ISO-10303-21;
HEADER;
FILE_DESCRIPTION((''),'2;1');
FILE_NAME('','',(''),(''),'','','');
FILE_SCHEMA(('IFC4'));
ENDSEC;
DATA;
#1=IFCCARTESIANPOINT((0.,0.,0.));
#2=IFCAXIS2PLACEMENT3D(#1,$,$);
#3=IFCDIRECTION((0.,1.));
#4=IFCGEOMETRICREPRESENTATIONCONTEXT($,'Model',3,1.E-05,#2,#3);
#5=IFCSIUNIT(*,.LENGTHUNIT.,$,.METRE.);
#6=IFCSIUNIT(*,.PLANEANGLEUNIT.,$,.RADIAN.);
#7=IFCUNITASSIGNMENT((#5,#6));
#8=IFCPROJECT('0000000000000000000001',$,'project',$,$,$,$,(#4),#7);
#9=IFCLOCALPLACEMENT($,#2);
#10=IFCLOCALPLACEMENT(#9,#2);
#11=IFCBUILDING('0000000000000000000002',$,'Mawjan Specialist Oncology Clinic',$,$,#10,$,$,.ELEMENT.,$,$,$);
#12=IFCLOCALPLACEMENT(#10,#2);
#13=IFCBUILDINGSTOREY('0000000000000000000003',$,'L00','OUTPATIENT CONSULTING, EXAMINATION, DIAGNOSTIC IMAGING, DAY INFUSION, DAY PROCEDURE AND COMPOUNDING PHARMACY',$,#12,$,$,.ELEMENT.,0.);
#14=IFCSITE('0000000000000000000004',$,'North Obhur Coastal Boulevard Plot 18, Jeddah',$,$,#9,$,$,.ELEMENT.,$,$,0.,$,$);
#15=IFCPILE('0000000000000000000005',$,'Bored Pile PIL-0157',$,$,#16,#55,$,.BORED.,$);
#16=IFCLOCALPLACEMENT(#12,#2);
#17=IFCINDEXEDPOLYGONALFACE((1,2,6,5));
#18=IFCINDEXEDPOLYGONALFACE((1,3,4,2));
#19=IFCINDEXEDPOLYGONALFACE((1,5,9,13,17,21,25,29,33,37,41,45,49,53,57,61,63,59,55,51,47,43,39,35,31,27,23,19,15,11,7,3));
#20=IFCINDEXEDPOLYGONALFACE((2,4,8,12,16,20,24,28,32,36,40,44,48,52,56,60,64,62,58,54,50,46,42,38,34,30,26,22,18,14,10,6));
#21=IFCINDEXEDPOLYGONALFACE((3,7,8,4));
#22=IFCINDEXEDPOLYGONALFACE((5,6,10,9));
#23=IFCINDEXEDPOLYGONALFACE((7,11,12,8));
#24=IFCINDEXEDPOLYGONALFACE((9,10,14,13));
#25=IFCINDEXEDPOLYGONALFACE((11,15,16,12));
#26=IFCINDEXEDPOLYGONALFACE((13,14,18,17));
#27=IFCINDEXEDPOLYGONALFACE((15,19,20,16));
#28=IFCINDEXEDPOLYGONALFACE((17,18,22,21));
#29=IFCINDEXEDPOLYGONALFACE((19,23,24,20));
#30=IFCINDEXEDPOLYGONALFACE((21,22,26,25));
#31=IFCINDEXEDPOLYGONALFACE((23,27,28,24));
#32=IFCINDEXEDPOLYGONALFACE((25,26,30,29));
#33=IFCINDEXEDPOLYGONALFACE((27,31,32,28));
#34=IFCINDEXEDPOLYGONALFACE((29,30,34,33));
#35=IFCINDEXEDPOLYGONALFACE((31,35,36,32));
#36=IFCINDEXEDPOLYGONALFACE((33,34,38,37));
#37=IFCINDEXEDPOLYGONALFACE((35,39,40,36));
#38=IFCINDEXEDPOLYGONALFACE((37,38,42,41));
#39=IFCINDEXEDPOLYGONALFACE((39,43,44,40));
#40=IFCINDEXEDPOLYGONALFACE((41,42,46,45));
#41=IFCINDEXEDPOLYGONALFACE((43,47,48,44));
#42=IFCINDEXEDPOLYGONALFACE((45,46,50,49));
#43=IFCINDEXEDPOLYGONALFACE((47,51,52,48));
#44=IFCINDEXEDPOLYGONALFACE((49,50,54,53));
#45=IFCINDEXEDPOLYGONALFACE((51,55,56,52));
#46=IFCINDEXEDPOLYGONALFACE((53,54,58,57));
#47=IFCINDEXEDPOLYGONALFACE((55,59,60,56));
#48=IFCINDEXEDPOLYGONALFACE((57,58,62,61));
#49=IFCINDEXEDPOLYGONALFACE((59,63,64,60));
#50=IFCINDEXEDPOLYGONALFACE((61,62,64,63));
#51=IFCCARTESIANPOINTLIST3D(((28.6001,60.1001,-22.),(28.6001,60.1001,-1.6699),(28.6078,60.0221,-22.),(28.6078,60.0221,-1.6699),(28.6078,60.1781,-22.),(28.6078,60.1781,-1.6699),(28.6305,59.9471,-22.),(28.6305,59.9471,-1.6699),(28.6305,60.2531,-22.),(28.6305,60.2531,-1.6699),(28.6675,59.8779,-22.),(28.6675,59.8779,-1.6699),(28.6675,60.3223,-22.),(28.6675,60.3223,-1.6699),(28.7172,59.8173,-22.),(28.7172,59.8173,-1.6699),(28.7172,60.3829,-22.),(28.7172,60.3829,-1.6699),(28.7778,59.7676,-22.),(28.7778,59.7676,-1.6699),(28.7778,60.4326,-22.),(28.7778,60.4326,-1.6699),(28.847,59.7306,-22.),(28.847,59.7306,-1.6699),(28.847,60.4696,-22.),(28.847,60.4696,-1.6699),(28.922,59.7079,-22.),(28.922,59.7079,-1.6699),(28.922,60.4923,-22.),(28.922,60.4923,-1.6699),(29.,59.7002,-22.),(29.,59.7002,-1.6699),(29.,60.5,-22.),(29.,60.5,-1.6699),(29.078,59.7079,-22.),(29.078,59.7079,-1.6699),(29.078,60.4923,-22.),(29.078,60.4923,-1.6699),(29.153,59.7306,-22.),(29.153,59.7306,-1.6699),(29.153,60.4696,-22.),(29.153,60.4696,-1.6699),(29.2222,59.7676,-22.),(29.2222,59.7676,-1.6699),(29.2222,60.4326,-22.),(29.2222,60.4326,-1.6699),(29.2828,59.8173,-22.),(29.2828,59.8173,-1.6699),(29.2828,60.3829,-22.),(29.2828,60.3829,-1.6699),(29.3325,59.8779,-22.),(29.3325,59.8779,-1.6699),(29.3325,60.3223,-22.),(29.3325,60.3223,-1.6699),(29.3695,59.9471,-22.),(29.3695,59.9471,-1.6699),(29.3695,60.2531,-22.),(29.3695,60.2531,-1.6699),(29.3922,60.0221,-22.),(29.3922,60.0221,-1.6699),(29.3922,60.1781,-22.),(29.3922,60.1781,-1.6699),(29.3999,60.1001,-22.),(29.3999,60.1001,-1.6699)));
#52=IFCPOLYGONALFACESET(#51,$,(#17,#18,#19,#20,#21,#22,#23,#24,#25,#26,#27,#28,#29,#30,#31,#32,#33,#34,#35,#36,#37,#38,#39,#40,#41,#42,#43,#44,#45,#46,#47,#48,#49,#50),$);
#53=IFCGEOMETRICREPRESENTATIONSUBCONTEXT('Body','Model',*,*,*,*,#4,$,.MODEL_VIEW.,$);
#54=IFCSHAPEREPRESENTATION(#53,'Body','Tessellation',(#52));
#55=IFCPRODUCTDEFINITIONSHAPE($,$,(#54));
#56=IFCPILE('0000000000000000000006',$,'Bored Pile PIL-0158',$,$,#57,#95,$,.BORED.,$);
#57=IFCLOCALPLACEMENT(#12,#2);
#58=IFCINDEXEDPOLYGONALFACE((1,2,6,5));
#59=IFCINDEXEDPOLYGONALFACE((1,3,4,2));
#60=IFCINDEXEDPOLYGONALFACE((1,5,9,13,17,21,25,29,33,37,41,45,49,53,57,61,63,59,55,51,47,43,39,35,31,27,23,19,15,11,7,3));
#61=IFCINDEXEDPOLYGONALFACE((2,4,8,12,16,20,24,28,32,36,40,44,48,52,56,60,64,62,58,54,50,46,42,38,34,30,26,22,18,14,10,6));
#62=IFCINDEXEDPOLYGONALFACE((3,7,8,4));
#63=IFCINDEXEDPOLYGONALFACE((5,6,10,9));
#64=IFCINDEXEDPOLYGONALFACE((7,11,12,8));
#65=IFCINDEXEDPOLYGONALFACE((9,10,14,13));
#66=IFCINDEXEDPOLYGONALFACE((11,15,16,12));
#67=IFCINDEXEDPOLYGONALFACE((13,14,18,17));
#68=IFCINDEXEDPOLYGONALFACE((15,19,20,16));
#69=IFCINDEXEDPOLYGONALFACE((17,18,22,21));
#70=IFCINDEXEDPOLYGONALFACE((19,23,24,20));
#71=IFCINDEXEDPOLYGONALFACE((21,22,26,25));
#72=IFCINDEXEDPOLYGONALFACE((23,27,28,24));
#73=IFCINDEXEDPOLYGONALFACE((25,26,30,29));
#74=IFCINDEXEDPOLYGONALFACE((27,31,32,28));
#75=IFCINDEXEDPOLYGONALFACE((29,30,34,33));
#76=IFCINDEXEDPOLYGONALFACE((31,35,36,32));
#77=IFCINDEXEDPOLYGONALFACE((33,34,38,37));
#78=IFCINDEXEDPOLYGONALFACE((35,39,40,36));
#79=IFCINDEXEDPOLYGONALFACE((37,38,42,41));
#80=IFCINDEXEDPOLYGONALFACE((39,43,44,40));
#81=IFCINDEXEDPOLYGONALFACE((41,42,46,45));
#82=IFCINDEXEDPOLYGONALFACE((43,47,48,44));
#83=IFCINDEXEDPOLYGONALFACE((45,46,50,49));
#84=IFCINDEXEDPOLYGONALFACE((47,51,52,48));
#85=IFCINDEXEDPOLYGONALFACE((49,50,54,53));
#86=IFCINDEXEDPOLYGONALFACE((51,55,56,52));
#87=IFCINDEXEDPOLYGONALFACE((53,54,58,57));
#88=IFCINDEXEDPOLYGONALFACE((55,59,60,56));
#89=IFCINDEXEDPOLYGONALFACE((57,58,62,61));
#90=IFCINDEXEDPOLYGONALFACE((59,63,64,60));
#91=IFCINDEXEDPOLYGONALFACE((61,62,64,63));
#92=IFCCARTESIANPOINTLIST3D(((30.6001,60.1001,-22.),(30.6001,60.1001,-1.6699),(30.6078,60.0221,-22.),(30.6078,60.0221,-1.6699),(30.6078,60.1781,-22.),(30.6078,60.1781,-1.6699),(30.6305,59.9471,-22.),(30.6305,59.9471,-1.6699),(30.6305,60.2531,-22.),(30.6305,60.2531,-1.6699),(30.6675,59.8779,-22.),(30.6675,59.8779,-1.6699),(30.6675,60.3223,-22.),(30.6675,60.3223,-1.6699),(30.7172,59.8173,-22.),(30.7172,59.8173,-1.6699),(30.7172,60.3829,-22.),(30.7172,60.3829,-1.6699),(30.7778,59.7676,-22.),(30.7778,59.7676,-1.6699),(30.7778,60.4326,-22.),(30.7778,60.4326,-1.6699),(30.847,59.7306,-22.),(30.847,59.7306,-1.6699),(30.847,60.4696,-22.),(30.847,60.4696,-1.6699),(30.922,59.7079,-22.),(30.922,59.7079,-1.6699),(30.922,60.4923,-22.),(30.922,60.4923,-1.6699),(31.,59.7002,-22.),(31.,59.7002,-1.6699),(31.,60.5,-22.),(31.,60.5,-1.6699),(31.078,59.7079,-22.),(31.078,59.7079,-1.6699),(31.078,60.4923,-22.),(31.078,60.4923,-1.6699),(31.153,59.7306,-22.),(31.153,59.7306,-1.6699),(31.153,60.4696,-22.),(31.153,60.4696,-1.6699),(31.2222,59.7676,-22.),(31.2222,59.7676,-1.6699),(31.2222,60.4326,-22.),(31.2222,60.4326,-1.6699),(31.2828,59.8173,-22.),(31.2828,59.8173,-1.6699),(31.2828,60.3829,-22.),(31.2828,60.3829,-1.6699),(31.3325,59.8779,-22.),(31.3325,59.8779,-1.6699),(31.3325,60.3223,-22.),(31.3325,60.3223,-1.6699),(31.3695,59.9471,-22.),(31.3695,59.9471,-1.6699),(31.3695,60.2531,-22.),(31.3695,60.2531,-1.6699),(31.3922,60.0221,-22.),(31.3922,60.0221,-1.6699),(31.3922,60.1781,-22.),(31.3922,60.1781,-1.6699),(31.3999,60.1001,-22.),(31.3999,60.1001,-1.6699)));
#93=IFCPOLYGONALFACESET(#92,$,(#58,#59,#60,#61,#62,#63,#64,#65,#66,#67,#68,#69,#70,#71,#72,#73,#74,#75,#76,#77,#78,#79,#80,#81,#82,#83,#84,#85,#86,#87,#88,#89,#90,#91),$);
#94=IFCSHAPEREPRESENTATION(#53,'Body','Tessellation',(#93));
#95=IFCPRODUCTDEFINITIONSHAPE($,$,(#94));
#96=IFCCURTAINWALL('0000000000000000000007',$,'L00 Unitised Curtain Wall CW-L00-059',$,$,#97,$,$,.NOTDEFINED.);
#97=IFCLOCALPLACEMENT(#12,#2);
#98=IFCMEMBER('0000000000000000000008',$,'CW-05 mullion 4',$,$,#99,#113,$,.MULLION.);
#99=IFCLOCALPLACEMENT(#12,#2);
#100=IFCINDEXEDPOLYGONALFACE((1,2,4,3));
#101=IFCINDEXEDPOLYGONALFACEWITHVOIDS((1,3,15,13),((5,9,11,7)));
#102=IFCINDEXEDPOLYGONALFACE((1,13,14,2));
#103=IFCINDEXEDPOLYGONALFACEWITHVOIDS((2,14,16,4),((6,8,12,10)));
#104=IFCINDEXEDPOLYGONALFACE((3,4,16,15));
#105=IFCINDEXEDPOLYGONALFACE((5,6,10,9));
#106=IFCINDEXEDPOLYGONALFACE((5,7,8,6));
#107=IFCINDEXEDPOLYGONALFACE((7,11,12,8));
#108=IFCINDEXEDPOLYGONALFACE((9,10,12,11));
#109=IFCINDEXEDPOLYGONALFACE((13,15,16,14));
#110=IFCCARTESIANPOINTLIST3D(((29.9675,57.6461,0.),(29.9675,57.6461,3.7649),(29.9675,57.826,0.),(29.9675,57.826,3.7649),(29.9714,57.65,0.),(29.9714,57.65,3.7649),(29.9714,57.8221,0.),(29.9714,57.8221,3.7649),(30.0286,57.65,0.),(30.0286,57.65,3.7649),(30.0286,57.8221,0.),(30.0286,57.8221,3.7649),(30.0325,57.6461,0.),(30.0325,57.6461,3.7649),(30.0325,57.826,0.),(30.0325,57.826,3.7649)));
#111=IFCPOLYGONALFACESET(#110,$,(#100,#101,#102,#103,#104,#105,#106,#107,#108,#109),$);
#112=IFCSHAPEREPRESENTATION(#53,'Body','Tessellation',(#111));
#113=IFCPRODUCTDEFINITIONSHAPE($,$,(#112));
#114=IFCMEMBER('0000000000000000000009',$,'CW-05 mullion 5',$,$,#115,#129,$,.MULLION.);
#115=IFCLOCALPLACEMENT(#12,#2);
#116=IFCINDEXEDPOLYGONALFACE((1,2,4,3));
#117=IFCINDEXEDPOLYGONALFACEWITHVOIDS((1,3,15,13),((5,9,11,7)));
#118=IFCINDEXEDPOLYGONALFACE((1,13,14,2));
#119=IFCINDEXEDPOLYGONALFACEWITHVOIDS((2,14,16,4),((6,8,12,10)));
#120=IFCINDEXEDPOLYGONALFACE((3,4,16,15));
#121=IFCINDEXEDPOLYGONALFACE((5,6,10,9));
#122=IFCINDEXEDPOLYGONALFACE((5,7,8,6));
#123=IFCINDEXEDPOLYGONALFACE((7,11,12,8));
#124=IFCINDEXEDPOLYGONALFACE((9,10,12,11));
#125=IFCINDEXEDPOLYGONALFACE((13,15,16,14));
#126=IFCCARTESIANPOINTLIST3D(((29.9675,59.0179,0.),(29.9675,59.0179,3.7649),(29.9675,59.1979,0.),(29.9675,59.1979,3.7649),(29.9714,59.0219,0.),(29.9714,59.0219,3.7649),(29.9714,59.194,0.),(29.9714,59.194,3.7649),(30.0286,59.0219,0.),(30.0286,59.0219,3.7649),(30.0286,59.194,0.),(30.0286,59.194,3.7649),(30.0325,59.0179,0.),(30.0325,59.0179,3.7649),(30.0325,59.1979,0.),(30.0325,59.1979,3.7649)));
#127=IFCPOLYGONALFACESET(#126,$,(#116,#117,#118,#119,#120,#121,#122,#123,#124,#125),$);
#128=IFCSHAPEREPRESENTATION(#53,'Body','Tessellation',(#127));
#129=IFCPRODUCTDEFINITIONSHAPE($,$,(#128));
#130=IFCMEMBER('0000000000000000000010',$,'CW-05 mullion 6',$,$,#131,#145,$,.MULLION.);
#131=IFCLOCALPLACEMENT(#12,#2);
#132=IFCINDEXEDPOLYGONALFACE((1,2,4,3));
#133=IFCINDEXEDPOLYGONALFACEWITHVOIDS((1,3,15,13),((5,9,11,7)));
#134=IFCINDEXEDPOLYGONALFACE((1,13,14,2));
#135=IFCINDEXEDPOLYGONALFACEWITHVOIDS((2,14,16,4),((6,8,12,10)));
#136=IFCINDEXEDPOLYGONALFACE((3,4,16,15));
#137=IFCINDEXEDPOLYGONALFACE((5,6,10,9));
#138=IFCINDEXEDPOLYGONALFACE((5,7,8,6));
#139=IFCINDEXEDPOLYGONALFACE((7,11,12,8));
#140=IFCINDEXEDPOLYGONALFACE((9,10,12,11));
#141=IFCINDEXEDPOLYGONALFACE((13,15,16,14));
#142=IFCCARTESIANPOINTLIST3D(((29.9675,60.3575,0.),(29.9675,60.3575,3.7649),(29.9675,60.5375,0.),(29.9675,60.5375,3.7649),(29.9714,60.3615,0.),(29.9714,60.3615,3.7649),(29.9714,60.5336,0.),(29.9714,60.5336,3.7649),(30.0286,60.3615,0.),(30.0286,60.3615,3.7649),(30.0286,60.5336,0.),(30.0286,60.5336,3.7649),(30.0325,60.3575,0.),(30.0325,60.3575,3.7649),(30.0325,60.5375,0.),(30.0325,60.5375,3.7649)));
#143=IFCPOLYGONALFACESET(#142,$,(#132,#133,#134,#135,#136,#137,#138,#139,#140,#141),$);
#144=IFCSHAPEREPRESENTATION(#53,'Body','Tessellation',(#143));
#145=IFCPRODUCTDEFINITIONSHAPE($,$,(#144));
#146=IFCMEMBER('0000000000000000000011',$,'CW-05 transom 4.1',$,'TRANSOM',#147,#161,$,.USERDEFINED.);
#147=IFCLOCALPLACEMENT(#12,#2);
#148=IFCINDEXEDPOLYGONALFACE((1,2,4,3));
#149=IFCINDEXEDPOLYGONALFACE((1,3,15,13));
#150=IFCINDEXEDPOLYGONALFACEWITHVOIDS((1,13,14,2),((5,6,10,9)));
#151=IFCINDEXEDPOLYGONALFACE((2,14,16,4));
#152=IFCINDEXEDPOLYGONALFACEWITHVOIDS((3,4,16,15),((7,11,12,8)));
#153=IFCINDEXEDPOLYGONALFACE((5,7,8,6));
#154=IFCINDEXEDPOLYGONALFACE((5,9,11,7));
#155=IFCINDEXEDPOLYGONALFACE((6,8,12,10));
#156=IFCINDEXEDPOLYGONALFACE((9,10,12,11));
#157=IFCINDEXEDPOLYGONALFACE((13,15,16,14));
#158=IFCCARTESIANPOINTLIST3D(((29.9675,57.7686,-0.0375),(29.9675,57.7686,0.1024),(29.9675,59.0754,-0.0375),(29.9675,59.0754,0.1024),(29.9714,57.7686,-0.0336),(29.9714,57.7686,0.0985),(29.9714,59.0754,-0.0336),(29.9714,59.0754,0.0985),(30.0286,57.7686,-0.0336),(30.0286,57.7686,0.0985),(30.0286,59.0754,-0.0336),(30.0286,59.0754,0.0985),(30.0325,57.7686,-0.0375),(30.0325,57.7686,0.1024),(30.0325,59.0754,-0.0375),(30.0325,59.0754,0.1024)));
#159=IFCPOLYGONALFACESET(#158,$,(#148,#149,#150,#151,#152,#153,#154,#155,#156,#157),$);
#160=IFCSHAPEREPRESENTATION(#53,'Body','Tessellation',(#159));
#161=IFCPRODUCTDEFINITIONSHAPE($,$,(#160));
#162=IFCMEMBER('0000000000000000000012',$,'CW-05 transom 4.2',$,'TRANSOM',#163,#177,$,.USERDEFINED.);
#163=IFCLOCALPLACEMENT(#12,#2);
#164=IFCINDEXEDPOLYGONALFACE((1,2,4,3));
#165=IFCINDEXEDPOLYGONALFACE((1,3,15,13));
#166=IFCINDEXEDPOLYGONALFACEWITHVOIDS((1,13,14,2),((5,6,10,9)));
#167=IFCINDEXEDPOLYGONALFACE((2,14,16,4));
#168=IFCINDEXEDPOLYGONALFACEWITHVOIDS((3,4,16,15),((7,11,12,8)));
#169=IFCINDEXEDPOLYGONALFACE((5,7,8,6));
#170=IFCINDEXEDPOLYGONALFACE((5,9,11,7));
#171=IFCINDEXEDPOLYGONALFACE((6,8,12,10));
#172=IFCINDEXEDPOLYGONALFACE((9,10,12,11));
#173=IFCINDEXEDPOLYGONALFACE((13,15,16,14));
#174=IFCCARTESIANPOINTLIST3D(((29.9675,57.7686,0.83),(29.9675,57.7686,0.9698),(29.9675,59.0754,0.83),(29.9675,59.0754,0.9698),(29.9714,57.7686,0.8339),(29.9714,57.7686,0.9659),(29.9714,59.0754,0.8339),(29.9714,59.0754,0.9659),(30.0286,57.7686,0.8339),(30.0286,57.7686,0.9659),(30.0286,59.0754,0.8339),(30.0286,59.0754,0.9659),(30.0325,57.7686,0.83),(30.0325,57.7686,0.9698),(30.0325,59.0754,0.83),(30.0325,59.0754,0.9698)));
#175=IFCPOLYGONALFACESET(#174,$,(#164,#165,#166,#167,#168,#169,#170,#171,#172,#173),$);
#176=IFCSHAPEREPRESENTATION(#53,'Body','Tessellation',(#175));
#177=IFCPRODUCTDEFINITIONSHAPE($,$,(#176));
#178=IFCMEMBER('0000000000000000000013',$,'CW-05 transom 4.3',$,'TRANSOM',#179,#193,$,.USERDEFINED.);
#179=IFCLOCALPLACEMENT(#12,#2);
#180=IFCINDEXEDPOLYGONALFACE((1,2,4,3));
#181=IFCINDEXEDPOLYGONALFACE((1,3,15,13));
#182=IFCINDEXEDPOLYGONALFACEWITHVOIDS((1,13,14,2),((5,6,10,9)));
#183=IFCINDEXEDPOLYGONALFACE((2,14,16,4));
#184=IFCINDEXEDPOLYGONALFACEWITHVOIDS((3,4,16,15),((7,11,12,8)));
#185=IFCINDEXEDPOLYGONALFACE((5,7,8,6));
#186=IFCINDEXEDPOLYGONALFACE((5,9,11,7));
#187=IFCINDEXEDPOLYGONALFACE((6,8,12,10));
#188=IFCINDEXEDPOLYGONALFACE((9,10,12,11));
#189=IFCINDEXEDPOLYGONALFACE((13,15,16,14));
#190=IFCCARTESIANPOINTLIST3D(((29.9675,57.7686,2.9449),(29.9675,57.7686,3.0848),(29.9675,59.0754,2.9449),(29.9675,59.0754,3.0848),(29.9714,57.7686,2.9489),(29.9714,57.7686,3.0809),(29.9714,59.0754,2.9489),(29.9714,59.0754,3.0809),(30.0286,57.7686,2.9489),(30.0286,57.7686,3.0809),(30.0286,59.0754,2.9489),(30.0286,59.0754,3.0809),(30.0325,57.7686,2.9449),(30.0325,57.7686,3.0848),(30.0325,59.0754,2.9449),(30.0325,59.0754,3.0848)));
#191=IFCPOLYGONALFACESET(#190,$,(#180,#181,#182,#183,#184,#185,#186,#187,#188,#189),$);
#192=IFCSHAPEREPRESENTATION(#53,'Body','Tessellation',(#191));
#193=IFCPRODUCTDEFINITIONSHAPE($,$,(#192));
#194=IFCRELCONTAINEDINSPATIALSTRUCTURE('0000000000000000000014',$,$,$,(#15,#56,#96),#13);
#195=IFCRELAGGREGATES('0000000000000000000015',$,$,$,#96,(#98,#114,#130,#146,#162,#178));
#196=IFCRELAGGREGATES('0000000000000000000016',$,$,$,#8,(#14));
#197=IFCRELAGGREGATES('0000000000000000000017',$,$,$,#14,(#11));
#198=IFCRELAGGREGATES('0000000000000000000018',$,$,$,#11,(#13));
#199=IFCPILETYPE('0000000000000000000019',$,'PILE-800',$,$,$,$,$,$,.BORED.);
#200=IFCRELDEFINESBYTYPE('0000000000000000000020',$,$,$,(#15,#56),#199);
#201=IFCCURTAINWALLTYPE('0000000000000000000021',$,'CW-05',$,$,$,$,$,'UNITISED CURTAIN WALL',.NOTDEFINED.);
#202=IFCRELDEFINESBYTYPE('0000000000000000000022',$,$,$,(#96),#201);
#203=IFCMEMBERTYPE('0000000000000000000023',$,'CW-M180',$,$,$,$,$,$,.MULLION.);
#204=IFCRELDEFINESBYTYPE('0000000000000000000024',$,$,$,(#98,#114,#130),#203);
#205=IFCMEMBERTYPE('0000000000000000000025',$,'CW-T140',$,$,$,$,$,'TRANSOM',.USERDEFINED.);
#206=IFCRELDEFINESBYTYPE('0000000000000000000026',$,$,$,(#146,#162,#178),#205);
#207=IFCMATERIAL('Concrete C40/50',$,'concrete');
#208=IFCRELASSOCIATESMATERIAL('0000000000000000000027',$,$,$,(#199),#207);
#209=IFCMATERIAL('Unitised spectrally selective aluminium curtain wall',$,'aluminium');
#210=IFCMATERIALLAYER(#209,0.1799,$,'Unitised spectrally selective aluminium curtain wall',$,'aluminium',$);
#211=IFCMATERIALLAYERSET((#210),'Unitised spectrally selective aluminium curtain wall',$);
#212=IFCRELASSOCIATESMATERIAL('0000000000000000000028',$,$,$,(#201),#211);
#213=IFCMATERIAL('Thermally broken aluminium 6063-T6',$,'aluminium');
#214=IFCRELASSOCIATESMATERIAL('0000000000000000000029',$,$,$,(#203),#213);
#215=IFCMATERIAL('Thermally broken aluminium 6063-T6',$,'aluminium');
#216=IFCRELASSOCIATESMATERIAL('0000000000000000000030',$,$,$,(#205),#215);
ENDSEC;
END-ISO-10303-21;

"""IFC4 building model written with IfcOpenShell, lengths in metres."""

from ifc_helpers import new_model, si_unit, direction, frame, origin, origin_2d, place, context, subcontext, project, spatial, hollow_rectangle, circle, extrude, material, layer, layer_set, material_profile, profile_set, type_object, element, aggregate, save


model = new_model("IFC4")

# Units and contexts
model_context = context("Model", 3, precision=1e-05, world=origin(), true_north=direction((0.0, 1.0)))
body_context = subcontext(model_context, "Body", "Model", "MODEL_VIEW")
ifc_project = project(units=[si_unit("LENGTHUNIT", "METRE"), si_unit("PLANEANGLEUNIT", "RADIAN")], contexts=[model_context])

# Site, building, storey
site_placement = place(None, origin())
site = spatial("IfcSite", under=ifc_project, at=site_placement, Name="North Obhur Coastal Boulevard Plot 18, Jeddah", CompositionType="ELEMENT", RefElevation=0.0)
building_placement = place(site_placement, origin())
building = spatial("IfcBuilding", under=site, at=building_placement, Name="Mawjan Specialist Oncology Clinic", CompositionType="ELEMENT")
storey_placement = place(building_placement, origin())
storey = spatial("IfcBuildingStorey", under=building, at=storey_placement, Name="L00", Description="OUTPATIENT CONSULTING, EXAMINATION, DIAGNOSTIC IMAGING, DAY INFUSION, DAY PROCEDURE AND COMPOUNDING PHARMACY", CompositionType="ELEMENT", Elevation=0.0)

# Piles
ifc_material_1 = material(Name="Concrete C40/50", Category="concrete")
ifc_material_profile_1 = material_profile(ifc_material_1, circle(Radius=0.3999, at=origin_2d()), Name="BORED PILE D800", Category="concrete")
ifc_profile_set_1 = profile_set([ifc_material_profile_1], Name="Concrete C40/50")
pile_type = type_object("IfcPileType", Name="PILE-800", PredefinedType="BORED", material=ifc_profile_set_1)
for number, where, z_axis, x_axis, name in (
    (1, (29.0, 60.1001, -1.6699), (0.0, 0.0, -1.0), (1.0, 0.0, 0.0), "Bored Pile PIL-0157"),
    (2, (31.0, 60.1001, -1.6699), (0.0, 0.0, -1.0), (1.0, 0.0, 0.0), "Bored Pile PIL-0158"),
):
    element("IfcPile", number, at=place(storey_placement, frame(where, z_axis=z_axis, x_axis=x_axis)), inside=storey, type_object=pile_type, Name=name, PredefinedType="BORED", context=body_context, shape_type="SweptSolid", body=[
        extrude(circle(Radius=0.3999, at=origin_2d()), origin(), (0.0, 0.0, 1.0), 20.3301),
    ])

# Curtain wall, members
ifc_material_2 = material(Name="Unitised spectrally selective aluminium curtain wall", Category="aluminium")
ifc_layer_1 = layer(ifc_material_2, 0.1799, Name="Unitised spectrally selective aluminium curtain wall", Category="aluminium")
ifc_layer_set_1 = layer_set([ifc_layer_1], Name="Unitised spectrally selective aluminium curtain wall")
curtain_wall_type = type_object("IfcCurtainWallType", Name="CW-05", ElementType="UNITISED CURTAIN WALL", PredefinedType="NOTDEFINED", material=ifc_layer_set_1)
curtain_wall_placement = place(storey_placement, origin())
curtain_wall = element("IfcCurtainWall", 3, at=curtain_wall_placement, inside=storey, type_object=curtain_wall_type, Name="L00 Unitised Curtain Wall CW-L00-059", PredefinedType="NOTDEFINED")
ifc_material_3 = material(Name="Thermally broken aluminium 6063-T6", Category="aluminium")
ifc_material_profile_2 = material_profile(ifc_material_3, hollow_rectangle(XDim=0.0649, YDim=0.1799, WallThickness=0.0039, at=origin_2d()), Name="ALU MULLION 180x65x4", Category="aluminium")
ifc_profile_set_2 = profile_set([ifc_material_profile_2], Name="Thermally broken aluminium 6063-T6")
member_type_1 = type_object("IfcMemberType", Name="CW-M180", PredefinedType="MULLION", material=ifc_profile_set_2)
member_1_placement = place(storey_placement, frame((30.0, 57.7361, 0.0), z_axis=(0.0, 0.0, 1.0), x_axis=(-1.0, 0.0, 0.0)))
member_1 = element("IfcMember", 4, at=member_1_placement, type_object=member_type_1, Name="CW-05 mullion 4", PredefinedType="MULLION", context=body_context, shape_type="SweptSolid", body=[
    extrude(hollow_rectangle(XDim=0.0649, YDim=0.1799, WallThickness=0.0039, at=origin_2d()), origin(), (0.0, 0.0, 1.0), 3.7649),
])
member_2_placement = place(storey_placement, frame((30.0, 59.1079, 0.0), z_axis=(0.0, 0.0, 1.0), x_axis=(-1.0, 0.0, 0.0)))
member_2 = element("IfcMember", 5, at=member_2_placement, type_object=member_type_1, Name="CW-05 mullion 5", PredefinedType="MULLION", context=body_context, shape_type="SweptSolid", body=[
    extrude(hollow_rectangle(XDim=0.0649, YDim=0.1799, WallThickness=0.0039, at=origin_2d()), origin(), (0.0, 0.0, 1.0), 3.7649),
])
member_3_placement = place(storey_placement, frame((30.0, 60.4475, 0.0), z_axis=(0.0, 0.0, 1.0), x_axis=(-1.0, 0.0, 0.0)))
member_3 = element("IfcMember", 6, at=member_3_placement, type_object=member_type_1, Name="CW-05 mullion 6", PredefinedType="MULLION", context=body_context, shape_type="SweptSolid", body=[
    extrude(hollow_rectangle(XDim=0.0649, YDim=0.1799, WallThickness=0.0039, at=origin_2d()), origin(), (0.0, 0.0, 1.0), 3.7649),
])
ifc_material_4 = material(Name="Thermally broken aluminium 6063-T6", Category="aluminium")
ifc_material_profile_3 = material_profile(ifc_material_4, hollow_rectangle(XDim=0.0649, YDim=0.1399, WallThickness=0.0039, at=origin_2d()), Name="ALU TRANSOM 140x65x4", Category="aluminium")
ifc_profile_set_3 = profile_set([ifc_material_profile_3], Name="Thermally broken aluminium 6063-T6")
member_type_2 = type_object("IfcMemberType", Name="CW-T140", ElementType="TRANSOM", PredefinedType="USERDEFINED", material=ifc_profile_set_3)
member_4_placement = place(storey_placement, frame((30.0, 57.7686, 0.0325), z_axis=(0.0, 1.0, 0.0), x_axis=(-1.0, 0.0, 0.0)))
member_4 = element("IfcMember", 7, at=member_4_placement, type_object=member_type_2, Name="CW-05 transom 4.1", ObjectType="TRANSOM", PredefinedType="USERDEFINED", context=body_context, shape_type="SweptSolid", body=[
    extrude(hollow_rectangle(XDim=0.0649, YDim=0.1399, WallThickness=0.0039, at=origin_2d()), origin(), (0.0, 0.0, 1.0), 1.3069),
])
member_5_placement = place(storey_placement, frame((30.0, 57.7686, 0.8999), z_axis=(0.0, 1.0, 0.0), x_axis=(-1.0, 0.0, 0.0)))
member_5 = element("IfcMember", 8, at=member_5_placement, type_object=member_type_2, Name="CW-05 transom 4.2", ObjectType="TRANSOM", PredefinedType="USERDEFINED", context=body_context, shape_type="SweptSolid", body=[
    extrude(hollow_rectangle(XDim=0.0649, YDim=0.1399, WallThickness=0.0039, at=origin_2d()), origin(), (0.0, 0.0, 1.0), 1.3069),
])
member_6_placement = place(storey_placement, frame((30.0, 57.7686, 3.0149), z_axis=(0.0, 1.0, 0.0), x_axis=(-1.0, 0.0, 0.0)))
member_6 = element("IfcMember", 9, at=member_6_placement, type_object=member_type_2, Name="CW-05 transom 4.3", ObjectType="TRANSOM", PredefinedType="USERDEFINED", context=body_context, shape_type="SweptSolid", body=[
    extrude(hollow_rectangle(XDim=0.0649, YDim=0.1399, WallThickness=0.0039, at=origin_2d()), origin(), (0.0, 0.0, 1.0), 1.3069),
])
aggregate(curtain_wall, [member_1, member_2, member_3, member_4, member_5, member_6])

save(model, "model.ifc")
